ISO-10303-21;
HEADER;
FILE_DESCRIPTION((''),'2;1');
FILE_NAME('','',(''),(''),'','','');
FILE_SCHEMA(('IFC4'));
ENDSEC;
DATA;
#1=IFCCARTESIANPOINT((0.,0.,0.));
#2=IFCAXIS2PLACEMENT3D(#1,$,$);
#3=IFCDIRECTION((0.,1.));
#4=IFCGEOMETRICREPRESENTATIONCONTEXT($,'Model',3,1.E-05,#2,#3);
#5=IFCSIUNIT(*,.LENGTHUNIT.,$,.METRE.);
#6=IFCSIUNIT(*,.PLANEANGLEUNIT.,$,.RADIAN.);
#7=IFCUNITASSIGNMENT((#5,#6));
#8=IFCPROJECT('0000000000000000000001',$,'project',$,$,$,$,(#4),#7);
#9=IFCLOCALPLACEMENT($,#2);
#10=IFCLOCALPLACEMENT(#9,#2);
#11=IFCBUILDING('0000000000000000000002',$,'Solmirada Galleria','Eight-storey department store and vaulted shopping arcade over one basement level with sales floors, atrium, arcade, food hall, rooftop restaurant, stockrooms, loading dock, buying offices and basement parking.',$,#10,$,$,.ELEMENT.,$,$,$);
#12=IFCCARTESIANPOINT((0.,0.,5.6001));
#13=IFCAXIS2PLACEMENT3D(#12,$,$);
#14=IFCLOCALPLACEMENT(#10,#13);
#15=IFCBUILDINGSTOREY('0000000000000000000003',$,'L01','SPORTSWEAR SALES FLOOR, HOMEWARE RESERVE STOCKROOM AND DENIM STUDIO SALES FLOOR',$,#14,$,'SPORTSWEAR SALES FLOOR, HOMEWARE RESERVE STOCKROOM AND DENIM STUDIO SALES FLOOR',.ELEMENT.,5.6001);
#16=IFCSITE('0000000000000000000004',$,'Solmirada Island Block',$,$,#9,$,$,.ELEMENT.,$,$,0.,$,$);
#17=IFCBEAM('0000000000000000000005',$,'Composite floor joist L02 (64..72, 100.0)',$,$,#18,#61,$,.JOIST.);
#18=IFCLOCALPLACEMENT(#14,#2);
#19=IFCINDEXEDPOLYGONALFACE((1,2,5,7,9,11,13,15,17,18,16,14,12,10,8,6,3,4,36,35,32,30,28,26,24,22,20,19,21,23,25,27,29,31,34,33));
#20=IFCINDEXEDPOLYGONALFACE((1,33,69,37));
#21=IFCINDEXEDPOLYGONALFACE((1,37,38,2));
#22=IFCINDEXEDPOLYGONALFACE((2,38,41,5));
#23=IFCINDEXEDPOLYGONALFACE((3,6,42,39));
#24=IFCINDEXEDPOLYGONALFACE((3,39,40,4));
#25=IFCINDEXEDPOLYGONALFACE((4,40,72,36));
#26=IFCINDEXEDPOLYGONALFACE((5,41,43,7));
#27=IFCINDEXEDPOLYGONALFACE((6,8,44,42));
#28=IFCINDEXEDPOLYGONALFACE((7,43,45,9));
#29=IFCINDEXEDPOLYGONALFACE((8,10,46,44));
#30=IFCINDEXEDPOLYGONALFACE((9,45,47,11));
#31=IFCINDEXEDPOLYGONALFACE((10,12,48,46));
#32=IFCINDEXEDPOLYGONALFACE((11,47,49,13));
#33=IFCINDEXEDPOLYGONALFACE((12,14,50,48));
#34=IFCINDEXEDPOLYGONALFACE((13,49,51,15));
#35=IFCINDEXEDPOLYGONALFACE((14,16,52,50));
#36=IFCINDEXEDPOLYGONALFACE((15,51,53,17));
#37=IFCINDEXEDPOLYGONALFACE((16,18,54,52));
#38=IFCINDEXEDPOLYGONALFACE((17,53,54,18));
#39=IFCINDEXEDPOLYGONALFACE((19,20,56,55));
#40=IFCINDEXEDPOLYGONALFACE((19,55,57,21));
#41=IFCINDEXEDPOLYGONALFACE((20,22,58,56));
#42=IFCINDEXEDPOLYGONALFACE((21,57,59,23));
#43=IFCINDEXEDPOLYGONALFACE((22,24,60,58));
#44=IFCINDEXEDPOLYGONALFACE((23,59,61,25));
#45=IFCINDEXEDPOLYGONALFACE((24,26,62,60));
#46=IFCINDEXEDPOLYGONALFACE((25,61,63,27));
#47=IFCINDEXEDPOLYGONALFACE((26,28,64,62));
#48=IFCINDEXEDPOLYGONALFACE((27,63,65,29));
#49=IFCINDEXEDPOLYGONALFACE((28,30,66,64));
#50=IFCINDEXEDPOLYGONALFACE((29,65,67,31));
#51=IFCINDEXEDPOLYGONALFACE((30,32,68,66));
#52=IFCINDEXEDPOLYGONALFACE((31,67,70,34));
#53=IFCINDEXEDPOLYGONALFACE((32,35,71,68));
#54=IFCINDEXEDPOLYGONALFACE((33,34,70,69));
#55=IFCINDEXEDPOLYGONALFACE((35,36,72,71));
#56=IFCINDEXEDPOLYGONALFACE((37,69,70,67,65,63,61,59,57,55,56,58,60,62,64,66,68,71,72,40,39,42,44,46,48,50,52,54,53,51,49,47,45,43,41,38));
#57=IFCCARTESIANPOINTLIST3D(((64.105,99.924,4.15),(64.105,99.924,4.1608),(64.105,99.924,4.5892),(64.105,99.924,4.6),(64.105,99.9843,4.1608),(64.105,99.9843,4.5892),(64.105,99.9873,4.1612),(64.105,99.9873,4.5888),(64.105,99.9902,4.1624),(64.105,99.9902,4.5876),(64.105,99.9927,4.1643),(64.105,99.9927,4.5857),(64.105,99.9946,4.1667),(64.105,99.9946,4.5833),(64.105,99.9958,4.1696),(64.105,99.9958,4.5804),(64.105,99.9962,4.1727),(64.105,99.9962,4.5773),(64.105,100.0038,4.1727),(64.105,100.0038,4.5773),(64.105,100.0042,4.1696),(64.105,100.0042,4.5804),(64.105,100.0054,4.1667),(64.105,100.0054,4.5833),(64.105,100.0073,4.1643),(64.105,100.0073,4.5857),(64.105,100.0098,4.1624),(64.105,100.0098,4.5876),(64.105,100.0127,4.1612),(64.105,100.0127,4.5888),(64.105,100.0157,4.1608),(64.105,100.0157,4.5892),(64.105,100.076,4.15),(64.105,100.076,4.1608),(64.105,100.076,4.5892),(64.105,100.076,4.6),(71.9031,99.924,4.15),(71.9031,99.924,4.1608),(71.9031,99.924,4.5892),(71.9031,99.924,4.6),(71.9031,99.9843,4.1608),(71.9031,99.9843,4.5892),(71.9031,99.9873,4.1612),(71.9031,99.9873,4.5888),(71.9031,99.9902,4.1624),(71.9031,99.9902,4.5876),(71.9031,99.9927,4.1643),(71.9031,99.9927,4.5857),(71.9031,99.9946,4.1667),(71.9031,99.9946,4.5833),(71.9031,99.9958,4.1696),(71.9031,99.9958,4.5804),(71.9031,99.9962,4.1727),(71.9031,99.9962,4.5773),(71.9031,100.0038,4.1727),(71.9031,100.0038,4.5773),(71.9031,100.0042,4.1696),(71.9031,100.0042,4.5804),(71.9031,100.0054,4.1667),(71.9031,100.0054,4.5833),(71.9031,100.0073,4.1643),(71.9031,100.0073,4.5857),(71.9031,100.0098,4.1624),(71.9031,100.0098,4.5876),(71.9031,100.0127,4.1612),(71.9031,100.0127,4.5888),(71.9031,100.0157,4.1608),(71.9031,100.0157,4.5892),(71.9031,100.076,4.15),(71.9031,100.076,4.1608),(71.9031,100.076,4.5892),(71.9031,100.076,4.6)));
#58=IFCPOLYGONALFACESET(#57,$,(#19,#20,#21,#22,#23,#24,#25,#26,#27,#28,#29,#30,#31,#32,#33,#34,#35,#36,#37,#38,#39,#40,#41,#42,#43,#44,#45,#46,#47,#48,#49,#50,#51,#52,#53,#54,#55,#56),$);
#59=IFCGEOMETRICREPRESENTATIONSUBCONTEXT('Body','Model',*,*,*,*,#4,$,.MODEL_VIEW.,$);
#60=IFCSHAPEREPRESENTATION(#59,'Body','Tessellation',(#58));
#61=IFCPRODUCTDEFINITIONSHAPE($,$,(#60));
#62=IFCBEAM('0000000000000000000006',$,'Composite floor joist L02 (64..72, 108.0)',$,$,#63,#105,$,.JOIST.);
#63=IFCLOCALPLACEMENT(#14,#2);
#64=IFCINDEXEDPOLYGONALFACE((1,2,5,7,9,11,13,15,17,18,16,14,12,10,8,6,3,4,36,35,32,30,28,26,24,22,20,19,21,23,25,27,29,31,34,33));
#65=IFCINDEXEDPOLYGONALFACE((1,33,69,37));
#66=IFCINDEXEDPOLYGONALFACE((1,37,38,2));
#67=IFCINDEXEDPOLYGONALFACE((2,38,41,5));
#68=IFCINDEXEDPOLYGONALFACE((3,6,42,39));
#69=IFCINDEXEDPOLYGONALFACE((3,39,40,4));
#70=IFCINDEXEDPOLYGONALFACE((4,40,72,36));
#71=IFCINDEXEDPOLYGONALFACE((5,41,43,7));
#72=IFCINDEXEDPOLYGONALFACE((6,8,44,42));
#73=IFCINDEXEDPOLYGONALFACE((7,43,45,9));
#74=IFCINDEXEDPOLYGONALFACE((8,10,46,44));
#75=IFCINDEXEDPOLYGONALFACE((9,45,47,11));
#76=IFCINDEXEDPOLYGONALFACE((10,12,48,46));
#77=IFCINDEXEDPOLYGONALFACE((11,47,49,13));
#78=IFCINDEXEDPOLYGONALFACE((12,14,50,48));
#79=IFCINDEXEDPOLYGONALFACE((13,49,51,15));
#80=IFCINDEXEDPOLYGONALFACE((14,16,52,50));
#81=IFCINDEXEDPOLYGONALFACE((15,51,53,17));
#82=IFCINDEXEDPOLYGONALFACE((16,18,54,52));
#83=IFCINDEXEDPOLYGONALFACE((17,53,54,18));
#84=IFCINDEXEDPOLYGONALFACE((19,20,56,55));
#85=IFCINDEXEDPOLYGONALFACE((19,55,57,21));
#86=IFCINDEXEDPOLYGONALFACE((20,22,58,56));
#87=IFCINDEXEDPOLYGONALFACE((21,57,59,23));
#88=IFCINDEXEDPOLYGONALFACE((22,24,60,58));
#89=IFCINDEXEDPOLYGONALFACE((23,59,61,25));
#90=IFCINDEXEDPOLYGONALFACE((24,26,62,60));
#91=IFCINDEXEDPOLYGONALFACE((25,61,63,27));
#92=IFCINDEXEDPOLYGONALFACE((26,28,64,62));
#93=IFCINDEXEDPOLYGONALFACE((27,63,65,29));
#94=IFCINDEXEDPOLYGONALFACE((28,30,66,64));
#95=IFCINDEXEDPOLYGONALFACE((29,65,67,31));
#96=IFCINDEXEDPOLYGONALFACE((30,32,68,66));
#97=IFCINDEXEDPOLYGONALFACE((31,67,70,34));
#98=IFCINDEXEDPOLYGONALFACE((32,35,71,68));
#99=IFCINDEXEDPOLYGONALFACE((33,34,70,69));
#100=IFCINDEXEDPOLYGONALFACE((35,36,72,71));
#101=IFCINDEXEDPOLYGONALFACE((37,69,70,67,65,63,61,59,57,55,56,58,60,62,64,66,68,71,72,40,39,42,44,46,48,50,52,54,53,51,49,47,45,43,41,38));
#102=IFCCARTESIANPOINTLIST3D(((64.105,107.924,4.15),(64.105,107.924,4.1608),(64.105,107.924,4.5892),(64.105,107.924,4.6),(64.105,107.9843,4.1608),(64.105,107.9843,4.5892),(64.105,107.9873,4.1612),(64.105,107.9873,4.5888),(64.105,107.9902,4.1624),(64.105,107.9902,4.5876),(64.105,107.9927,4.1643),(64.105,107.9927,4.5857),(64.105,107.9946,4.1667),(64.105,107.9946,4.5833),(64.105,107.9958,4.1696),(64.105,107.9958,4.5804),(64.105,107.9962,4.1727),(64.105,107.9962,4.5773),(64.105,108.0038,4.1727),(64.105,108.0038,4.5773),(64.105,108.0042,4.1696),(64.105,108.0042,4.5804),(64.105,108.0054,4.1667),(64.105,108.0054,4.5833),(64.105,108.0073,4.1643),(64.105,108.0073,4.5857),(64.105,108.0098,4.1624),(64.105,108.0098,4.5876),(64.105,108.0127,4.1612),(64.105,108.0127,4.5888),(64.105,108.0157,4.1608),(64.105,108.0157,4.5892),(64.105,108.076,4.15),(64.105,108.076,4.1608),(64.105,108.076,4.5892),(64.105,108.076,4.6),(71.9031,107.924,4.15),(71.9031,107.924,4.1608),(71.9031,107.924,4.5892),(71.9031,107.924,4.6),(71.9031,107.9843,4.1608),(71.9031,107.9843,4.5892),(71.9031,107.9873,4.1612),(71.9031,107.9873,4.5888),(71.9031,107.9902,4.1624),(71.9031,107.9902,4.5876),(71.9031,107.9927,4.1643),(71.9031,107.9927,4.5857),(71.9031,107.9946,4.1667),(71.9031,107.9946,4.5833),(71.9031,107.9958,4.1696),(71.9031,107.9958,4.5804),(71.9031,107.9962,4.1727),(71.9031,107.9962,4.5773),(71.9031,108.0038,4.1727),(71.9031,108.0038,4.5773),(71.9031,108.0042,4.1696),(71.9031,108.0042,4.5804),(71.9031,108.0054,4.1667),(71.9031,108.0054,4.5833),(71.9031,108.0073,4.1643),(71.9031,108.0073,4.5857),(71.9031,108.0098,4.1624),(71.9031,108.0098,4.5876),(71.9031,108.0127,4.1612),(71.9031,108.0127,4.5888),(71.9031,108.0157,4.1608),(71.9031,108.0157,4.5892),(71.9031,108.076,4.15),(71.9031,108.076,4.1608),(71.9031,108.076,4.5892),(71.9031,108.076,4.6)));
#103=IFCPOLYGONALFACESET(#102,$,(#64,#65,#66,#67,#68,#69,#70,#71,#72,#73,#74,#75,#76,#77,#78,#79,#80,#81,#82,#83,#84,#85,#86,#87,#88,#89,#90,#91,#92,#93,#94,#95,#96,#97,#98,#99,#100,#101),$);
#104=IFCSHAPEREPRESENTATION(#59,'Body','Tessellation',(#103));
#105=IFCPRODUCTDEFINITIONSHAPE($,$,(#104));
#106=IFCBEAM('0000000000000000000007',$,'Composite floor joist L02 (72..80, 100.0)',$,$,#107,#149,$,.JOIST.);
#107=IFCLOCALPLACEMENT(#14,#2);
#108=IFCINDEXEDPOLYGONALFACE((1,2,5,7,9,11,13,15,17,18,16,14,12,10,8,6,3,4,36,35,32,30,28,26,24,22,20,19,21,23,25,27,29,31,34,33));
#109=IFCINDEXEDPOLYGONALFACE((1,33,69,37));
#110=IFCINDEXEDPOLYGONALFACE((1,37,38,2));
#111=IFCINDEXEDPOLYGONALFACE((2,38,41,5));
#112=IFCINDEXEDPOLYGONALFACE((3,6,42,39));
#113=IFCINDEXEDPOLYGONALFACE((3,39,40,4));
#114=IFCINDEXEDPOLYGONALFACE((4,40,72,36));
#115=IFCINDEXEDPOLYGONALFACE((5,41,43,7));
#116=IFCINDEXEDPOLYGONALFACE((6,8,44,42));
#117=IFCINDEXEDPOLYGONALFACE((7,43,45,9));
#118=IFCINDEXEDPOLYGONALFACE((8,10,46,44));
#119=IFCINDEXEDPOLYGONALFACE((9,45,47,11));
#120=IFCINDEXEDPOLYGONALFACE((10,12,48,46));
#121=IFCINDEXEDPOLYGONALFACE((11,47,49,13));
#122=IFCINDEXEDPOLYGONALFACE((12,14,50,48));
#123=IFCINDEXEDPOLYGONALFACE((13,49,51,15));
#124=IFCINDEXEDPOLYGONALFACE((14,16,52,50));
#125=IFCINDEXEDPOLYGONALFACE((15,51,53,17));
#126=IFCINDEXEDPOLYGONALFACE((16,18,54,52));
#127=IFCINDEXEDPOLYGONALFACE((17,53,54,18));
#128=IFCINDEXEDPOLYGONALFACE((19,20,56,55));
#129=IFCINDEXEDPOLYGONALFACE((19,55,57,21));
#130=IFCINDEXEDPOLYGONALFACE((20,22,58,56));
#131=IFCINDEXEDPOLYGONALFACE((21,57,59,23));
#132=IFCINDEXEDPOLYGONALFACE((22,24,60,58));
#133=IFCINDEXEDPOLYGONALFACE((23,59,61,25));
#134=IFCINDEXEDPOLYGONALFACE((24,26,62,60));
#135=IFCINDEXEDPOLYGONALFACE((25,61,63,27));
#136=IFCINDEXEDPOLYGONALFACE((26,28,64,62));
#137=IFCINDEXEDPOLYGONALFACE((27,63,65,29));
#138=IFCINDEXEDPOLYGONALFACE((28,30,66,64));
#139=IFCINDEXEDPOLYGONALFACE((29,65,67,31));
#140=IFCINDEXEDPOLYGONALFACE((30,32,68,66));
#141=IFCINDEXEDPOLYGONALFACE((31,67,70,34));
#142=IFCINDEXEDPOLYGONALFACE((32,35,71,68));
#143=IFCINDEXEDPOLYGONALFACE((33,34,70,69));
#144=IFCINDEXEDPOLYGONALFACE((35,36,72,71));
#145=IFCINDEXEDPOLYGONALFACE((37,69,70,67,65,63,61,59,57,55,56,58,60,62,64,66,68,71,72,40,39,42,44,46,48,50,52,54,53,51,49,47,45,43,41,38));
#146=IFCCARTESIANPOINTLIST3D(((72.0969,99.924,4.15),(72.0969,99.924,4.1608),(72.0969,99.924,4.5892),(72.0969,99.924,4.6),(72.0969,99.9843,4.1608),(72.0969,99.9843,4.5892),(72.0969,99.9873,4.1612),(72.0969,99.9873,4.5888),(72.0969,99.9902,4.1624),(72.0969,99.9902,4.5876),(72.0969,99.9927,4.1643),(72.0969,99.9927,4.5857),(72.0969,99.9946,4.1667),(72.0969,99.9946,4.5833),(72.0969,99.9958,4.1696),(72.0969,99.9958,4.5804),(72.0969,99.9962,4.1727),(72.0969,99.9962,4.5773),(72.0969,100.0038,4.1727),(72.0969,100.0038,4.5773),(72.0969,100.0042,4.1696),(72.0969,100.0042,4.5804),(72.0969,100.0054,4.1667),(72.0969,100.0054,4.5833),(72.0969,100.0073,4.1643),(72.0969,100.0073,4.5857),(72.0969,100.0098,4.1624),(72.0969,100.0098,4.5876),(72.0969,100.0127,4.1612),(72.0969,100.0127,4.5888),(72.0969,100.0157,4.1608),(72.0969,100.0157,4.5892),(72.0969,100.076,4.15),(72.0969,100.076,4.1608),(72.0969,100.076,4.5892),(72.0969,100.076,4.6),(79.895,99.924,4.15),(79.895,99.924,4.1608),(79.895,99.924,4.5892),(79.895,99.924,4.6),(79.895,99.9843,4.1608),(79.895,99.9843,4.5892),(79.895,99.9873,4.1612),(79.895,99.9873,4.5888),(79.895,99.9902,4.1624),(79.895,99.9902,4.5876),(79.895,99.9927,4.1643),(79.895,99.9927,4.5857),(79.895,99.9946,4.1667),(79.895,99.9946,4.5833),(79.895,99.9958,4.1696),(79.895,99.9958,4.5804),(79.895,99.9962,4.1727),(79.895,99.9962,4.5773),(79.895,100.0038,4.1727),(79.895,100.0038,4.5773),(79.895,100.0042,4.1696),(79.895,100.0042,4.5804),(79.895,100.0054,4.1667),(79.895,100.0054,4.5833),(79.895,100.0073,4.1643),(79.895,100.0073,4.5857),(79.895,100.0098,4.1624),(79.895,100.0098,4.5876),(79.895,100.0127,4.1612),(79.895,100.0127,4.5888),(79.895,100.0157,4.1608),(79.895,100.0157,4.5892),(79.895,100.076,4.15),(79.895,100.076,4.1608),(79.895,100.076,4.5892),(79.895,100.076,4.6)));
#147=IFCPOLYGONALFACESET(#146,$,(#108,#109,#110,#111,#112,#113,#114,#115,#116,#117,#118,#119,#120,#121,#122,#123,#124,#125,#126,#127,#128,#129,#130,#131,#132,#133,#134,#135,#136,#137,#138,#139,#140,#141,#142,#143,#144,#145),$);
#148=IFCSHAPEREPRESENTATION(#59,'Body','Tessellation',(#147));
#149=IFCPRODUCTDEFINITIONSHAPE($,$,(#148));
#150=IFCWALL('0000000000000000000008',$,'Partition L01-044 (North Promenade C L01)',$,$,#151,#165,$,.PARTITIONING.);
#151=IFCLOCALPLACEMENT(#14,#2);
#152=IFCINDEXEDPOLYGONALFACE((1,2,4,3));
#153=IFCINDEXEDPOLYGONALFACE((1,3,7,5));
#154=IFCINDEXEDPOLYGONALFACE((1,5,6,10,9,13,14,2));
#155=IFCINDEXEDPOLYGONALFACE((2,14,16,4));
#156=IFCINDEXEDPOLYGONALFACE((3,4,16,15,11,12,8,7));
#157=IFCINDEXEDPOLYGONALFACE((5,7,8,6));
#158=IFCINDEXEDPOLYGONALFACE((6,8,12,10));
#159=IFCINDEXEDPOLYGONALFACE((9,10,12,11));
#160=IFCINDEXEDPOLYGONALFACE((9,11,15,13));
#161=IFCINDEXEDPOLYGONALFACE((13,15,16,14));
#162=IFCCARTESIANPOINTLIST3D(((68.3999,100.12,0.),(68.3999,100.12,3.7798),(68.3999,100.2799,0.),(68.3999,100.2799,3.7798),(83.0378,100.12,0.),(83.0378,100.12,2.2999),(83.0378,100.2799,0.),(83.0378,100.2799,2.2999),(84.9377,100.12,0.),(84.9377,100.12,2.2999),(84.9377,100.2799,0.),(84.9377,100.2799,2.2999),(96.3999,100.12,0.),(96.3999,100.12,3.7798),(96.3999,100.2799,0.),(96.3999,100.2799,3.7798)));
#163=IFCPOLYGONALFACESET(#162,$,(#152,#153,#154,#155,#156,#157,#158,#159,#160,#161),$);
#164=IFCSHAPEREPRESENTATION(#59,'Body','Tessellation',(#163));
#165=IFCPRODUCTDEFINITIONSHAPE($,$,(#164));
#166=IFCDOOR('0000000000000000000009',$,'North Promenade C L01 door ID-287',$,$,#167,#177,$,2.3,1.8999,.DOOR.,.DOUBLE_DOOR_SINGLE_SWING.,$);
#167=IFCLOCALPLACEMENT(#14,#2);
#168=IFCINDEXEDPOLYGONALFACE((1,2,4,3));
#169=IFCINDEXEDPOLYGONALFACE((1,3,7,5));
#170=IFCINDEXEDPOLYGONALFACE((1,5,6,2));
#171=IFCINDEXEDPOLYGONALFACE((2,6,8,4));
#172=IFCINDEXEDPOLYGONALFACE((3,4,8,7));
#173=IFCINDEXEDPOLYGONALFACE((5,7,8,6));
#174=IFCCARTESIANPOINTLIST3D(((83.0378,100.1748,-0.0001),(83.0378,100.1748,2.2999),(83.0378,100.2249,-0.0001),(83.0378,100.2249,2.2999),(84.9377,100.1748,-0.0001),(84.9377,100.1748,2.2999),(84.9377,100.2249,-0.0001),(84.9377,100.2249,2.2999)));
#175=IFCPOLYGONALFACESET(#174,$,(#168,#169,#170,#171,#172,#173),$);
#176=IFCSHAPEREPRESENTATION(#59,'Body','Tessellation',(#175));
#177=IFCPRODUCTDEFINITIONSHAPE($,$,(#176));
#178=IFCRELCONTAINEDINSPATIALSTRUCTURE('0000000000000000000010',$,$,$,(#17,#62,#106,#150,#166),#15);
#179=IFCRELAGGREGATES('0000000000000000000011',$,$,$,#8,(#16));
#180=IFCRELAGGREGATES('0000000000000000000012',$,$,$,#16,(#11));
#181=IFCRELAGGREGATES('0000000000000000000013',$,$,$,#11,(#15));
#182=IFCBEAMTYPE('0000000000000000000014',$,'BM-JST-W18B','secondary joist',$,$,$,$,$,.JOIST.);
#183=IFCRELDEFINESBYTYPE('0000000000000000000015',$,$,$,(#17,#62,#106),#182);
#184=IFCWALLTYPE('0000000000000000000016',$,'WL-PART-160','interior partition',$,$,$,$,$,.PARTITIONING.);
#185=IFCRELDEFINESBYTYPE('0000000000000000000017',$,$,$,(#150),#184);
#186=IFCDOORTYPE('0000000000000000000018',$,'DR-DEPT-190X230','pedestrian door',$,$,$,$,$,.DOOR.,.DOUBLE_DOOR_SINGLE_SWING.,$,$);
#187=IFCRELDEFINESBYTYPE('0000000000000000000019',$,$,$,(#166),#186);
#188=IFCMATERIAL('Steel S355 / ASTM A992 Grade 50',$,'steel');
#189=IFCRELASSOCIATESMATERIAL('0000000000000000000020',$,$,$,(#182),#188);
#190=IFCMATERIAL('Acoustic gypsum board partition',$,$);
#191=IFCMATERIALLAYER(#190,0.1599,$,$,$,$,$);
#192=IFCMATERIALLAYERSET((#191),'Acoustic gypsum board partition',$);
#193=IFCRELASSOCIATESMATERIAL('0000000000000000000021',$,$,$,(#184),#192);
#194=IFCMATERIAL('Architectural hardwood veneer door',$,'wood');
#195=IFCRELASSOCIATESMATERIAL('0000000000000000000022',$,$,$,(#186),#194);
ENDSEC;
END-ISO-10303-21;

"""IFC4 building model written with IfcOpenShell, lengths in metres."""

from ifc_helpers import new_model, si_unit, direction, frame, frame_2d, origin, origin_2d, place, context, subcontext, project, spatial, rectangle, i_section, extrude, material, layer, layer_set, material_profile, profile_set, type_object, element, fill, save


model = new_model("IFC4")

# Units and contexts
model_context = context("Model", 3, precision=1e-05, world=origin(), true_north=direction((0.0, 1.0)))
body_context = subcontext(model_context, "Body", "Model", "MODEL_VIEW")
ifc_project = project(units=[si_unit("LENGTHUNIT", "METRE"), si_unit("PLANEANGLEUNIT", "RADIAN")], contexts=[model_context])

# Site, building, storey
site_placement = place(None, origin())
site = spatial("IfcSite", under=ifc_project, at=site_placement, Name="Solmirada Island Block", CompositionType="ELEMENT", RefElevation=0.0)
building_placement = place(site_placement, origin())
building = spatial("IfcBuilding", under=site, at=building_placement, Name="Solmirada Galleria", Description="Eight-storey department store and vaulted shopping arcade over one basement level with sales floors, atrium, arcade, food hall, rooftop restaurant, stockrooms, loading dock, buying offices and basement parking.", CompositionType="ELEMENT")
storey_placement = place(building_placement, frame((0.0, 0.0, 5.6001)))
storey = spatial("IfcBuildingStorey", under=building, at=storey_placement, Name="L01", Description="SPORTSWEAR SALES FLOOR, HOMEWARE RESERVE STOCKROOM AND DENIM STUDIO SALES FLOOR", LongName="SPORTSWEAR SALES FLOOR, HOMEWARE RESERVE STOCKROOM AND DENIM STUDIO SALES FLOOR", CompositionType="ELEMENT", Elevation=5.6001)

# Beams
ifc_material_1 = material(Name="Steel S355 / ASTM A992 Grade 50", Category="steel")
ifc_material_profile_1 = material_profile(ifc_material_1, i_section(OverallWidth=0.1521, OverallDepth=0.45, WebThickness=0.0076, FlangeThickness=0.0107, FilletRadius=0.012, at=origin_2d()), Name="W18X35")
ifc_profile_set_1 = profile_set([ifc_material_profile_1], Name="Steel S355 / ASTM A992 Grade 50")
beam_type_1 = type_object("IfcBeamType", Name="BM-JST-W18B", Description="secondary joist", PredefinedType="JOIST", material=ifc_profile_set_1)
for number, where, z_axis, x_axis, name in (
    (1, (64.105, 100.0, 4.375), (1.0, 0.0, 0.0), (0.0, 1.0, 0.0), "Composite floor joist L02 (64..72, 100.0)"),
    (2, (64.105, 108.0, 4.375), (1.0, 0.0, 0.0), (0.0, 1.0, 0.0), "Composite floor joist L02 (64..72, 108.0)"),
    (3, (72.0969, 100.0, 4.375), (1.0, 0.0, 0.0), (0.0, 1.0, 0.0), "Composite floor joist L02 (72..80, 100.0)"),
):
    element("IfcBeam", number, at=place(storey_placement, frame(where, z_axis=z_axis, x_axis=x_axis)), inside=storey, type_object=beam_type_1, Name=name, PredefinedType="JOIST", context=body_context, shape_type="SweptSolid", body=[
        extrude(i_section(OverallWidth=0.1521, OverallDepth=0.45, WebThickness=0.0076, FlangeThickness=0.0107, FilletRadius=0.012, at=origin_2d()), origin(), (0.0, 0.0, 1.0), 7.7981),
    ])

# Wall, opening, door
ifc_material_2 = material(Name="Acoustic gypsum board partition")
ifc_layer = layer(ifc_material_2, 0.1599)
ifc_layer_set = layer_set([ifc_layer], Name="Acoustic gypsum board partition")
wall_type = type_object("IfcWallType", Name="WL-PART-160", Description="interior partition", PredefinedType="PARTITIONING", material=ifc_layer_set)
wall_placement = place(storey_placement, frame((68.3999, 100.2, 0.0), z_axis=(0.0, 0.0, 1.0), x_axis=(1.0, 0.0, 0.0)))
wall = element("IfcWall", 4, at=wall_placement, inside=storey, type_object=wall_type, Name="Partition L01-044 (North Promenade C L01)", PredefinedType="PARTITIONING", context=body_context, shape_type="SweptSolid", body=[
    extrude(rectangle(XDim=28.0, YDim=0.1599, at=frame_2d((14.0, 0.0))), origin(), (0.0, 0.0, 1.0), 3.7798),
])
opening_placement = place(wall_placement, frame((14.6379, 0.0, 0.0)))
opening = element("IfcOpeningElement", 5, at=opening_placement, cuts=wall, PredefinedType="OPENING", context=body_context, shape_type="SweptSolid", body=[
    extrude(rectangle(XDim=1.8999, YDim=2.3, at=frame_2d((0.95, 1.1499))), frame((0.0, 0.0898, 0.0), z_axis=(0.0, -1.0, 0.0), x_axis=(1.0, 0.0, 0.0)), (0.0, 0.0, 1.0), 0.1799),
])
ifc_material_3 = material(Name="Architectural hardwood veneer door", Category="wood")
door_type = type_object("IfcDoorType", Name="DR-DEPT-190X230", Description="pedestrian door", OperationType="DOUBLE_DOOR_SINGLE_SWING", PredefinedType="DOOR", material=ifc_material_3)
door_placement = place(opening_placement, origin())
door = element("IfcDoor", 6, at=door_placement, inside=storey, type_object=door_type, Name="North Promenade C L01 door ID-287", OperationType="DOUBLE_DOOR_SINGLE_SWING", OverallHeight=2.3, OverallWidth=1.8999, PredefinedType="DOOR", context=body_context, shape_type="SweptSolid", body=[
    extrude(rectangle(XDim=1.8999, YDim=2.3, at=frame_2d((0.95, 1.1499))), frame((0.0, 0.0249, 0.0), z_axis=(0.0, -1.0, 0.0), x_axis=(1.0, 0.0, 0.0)), (0.0, 0.0, 1.0), 0.05),
])
fill(opening, door)

save(model, "model.ifc")
